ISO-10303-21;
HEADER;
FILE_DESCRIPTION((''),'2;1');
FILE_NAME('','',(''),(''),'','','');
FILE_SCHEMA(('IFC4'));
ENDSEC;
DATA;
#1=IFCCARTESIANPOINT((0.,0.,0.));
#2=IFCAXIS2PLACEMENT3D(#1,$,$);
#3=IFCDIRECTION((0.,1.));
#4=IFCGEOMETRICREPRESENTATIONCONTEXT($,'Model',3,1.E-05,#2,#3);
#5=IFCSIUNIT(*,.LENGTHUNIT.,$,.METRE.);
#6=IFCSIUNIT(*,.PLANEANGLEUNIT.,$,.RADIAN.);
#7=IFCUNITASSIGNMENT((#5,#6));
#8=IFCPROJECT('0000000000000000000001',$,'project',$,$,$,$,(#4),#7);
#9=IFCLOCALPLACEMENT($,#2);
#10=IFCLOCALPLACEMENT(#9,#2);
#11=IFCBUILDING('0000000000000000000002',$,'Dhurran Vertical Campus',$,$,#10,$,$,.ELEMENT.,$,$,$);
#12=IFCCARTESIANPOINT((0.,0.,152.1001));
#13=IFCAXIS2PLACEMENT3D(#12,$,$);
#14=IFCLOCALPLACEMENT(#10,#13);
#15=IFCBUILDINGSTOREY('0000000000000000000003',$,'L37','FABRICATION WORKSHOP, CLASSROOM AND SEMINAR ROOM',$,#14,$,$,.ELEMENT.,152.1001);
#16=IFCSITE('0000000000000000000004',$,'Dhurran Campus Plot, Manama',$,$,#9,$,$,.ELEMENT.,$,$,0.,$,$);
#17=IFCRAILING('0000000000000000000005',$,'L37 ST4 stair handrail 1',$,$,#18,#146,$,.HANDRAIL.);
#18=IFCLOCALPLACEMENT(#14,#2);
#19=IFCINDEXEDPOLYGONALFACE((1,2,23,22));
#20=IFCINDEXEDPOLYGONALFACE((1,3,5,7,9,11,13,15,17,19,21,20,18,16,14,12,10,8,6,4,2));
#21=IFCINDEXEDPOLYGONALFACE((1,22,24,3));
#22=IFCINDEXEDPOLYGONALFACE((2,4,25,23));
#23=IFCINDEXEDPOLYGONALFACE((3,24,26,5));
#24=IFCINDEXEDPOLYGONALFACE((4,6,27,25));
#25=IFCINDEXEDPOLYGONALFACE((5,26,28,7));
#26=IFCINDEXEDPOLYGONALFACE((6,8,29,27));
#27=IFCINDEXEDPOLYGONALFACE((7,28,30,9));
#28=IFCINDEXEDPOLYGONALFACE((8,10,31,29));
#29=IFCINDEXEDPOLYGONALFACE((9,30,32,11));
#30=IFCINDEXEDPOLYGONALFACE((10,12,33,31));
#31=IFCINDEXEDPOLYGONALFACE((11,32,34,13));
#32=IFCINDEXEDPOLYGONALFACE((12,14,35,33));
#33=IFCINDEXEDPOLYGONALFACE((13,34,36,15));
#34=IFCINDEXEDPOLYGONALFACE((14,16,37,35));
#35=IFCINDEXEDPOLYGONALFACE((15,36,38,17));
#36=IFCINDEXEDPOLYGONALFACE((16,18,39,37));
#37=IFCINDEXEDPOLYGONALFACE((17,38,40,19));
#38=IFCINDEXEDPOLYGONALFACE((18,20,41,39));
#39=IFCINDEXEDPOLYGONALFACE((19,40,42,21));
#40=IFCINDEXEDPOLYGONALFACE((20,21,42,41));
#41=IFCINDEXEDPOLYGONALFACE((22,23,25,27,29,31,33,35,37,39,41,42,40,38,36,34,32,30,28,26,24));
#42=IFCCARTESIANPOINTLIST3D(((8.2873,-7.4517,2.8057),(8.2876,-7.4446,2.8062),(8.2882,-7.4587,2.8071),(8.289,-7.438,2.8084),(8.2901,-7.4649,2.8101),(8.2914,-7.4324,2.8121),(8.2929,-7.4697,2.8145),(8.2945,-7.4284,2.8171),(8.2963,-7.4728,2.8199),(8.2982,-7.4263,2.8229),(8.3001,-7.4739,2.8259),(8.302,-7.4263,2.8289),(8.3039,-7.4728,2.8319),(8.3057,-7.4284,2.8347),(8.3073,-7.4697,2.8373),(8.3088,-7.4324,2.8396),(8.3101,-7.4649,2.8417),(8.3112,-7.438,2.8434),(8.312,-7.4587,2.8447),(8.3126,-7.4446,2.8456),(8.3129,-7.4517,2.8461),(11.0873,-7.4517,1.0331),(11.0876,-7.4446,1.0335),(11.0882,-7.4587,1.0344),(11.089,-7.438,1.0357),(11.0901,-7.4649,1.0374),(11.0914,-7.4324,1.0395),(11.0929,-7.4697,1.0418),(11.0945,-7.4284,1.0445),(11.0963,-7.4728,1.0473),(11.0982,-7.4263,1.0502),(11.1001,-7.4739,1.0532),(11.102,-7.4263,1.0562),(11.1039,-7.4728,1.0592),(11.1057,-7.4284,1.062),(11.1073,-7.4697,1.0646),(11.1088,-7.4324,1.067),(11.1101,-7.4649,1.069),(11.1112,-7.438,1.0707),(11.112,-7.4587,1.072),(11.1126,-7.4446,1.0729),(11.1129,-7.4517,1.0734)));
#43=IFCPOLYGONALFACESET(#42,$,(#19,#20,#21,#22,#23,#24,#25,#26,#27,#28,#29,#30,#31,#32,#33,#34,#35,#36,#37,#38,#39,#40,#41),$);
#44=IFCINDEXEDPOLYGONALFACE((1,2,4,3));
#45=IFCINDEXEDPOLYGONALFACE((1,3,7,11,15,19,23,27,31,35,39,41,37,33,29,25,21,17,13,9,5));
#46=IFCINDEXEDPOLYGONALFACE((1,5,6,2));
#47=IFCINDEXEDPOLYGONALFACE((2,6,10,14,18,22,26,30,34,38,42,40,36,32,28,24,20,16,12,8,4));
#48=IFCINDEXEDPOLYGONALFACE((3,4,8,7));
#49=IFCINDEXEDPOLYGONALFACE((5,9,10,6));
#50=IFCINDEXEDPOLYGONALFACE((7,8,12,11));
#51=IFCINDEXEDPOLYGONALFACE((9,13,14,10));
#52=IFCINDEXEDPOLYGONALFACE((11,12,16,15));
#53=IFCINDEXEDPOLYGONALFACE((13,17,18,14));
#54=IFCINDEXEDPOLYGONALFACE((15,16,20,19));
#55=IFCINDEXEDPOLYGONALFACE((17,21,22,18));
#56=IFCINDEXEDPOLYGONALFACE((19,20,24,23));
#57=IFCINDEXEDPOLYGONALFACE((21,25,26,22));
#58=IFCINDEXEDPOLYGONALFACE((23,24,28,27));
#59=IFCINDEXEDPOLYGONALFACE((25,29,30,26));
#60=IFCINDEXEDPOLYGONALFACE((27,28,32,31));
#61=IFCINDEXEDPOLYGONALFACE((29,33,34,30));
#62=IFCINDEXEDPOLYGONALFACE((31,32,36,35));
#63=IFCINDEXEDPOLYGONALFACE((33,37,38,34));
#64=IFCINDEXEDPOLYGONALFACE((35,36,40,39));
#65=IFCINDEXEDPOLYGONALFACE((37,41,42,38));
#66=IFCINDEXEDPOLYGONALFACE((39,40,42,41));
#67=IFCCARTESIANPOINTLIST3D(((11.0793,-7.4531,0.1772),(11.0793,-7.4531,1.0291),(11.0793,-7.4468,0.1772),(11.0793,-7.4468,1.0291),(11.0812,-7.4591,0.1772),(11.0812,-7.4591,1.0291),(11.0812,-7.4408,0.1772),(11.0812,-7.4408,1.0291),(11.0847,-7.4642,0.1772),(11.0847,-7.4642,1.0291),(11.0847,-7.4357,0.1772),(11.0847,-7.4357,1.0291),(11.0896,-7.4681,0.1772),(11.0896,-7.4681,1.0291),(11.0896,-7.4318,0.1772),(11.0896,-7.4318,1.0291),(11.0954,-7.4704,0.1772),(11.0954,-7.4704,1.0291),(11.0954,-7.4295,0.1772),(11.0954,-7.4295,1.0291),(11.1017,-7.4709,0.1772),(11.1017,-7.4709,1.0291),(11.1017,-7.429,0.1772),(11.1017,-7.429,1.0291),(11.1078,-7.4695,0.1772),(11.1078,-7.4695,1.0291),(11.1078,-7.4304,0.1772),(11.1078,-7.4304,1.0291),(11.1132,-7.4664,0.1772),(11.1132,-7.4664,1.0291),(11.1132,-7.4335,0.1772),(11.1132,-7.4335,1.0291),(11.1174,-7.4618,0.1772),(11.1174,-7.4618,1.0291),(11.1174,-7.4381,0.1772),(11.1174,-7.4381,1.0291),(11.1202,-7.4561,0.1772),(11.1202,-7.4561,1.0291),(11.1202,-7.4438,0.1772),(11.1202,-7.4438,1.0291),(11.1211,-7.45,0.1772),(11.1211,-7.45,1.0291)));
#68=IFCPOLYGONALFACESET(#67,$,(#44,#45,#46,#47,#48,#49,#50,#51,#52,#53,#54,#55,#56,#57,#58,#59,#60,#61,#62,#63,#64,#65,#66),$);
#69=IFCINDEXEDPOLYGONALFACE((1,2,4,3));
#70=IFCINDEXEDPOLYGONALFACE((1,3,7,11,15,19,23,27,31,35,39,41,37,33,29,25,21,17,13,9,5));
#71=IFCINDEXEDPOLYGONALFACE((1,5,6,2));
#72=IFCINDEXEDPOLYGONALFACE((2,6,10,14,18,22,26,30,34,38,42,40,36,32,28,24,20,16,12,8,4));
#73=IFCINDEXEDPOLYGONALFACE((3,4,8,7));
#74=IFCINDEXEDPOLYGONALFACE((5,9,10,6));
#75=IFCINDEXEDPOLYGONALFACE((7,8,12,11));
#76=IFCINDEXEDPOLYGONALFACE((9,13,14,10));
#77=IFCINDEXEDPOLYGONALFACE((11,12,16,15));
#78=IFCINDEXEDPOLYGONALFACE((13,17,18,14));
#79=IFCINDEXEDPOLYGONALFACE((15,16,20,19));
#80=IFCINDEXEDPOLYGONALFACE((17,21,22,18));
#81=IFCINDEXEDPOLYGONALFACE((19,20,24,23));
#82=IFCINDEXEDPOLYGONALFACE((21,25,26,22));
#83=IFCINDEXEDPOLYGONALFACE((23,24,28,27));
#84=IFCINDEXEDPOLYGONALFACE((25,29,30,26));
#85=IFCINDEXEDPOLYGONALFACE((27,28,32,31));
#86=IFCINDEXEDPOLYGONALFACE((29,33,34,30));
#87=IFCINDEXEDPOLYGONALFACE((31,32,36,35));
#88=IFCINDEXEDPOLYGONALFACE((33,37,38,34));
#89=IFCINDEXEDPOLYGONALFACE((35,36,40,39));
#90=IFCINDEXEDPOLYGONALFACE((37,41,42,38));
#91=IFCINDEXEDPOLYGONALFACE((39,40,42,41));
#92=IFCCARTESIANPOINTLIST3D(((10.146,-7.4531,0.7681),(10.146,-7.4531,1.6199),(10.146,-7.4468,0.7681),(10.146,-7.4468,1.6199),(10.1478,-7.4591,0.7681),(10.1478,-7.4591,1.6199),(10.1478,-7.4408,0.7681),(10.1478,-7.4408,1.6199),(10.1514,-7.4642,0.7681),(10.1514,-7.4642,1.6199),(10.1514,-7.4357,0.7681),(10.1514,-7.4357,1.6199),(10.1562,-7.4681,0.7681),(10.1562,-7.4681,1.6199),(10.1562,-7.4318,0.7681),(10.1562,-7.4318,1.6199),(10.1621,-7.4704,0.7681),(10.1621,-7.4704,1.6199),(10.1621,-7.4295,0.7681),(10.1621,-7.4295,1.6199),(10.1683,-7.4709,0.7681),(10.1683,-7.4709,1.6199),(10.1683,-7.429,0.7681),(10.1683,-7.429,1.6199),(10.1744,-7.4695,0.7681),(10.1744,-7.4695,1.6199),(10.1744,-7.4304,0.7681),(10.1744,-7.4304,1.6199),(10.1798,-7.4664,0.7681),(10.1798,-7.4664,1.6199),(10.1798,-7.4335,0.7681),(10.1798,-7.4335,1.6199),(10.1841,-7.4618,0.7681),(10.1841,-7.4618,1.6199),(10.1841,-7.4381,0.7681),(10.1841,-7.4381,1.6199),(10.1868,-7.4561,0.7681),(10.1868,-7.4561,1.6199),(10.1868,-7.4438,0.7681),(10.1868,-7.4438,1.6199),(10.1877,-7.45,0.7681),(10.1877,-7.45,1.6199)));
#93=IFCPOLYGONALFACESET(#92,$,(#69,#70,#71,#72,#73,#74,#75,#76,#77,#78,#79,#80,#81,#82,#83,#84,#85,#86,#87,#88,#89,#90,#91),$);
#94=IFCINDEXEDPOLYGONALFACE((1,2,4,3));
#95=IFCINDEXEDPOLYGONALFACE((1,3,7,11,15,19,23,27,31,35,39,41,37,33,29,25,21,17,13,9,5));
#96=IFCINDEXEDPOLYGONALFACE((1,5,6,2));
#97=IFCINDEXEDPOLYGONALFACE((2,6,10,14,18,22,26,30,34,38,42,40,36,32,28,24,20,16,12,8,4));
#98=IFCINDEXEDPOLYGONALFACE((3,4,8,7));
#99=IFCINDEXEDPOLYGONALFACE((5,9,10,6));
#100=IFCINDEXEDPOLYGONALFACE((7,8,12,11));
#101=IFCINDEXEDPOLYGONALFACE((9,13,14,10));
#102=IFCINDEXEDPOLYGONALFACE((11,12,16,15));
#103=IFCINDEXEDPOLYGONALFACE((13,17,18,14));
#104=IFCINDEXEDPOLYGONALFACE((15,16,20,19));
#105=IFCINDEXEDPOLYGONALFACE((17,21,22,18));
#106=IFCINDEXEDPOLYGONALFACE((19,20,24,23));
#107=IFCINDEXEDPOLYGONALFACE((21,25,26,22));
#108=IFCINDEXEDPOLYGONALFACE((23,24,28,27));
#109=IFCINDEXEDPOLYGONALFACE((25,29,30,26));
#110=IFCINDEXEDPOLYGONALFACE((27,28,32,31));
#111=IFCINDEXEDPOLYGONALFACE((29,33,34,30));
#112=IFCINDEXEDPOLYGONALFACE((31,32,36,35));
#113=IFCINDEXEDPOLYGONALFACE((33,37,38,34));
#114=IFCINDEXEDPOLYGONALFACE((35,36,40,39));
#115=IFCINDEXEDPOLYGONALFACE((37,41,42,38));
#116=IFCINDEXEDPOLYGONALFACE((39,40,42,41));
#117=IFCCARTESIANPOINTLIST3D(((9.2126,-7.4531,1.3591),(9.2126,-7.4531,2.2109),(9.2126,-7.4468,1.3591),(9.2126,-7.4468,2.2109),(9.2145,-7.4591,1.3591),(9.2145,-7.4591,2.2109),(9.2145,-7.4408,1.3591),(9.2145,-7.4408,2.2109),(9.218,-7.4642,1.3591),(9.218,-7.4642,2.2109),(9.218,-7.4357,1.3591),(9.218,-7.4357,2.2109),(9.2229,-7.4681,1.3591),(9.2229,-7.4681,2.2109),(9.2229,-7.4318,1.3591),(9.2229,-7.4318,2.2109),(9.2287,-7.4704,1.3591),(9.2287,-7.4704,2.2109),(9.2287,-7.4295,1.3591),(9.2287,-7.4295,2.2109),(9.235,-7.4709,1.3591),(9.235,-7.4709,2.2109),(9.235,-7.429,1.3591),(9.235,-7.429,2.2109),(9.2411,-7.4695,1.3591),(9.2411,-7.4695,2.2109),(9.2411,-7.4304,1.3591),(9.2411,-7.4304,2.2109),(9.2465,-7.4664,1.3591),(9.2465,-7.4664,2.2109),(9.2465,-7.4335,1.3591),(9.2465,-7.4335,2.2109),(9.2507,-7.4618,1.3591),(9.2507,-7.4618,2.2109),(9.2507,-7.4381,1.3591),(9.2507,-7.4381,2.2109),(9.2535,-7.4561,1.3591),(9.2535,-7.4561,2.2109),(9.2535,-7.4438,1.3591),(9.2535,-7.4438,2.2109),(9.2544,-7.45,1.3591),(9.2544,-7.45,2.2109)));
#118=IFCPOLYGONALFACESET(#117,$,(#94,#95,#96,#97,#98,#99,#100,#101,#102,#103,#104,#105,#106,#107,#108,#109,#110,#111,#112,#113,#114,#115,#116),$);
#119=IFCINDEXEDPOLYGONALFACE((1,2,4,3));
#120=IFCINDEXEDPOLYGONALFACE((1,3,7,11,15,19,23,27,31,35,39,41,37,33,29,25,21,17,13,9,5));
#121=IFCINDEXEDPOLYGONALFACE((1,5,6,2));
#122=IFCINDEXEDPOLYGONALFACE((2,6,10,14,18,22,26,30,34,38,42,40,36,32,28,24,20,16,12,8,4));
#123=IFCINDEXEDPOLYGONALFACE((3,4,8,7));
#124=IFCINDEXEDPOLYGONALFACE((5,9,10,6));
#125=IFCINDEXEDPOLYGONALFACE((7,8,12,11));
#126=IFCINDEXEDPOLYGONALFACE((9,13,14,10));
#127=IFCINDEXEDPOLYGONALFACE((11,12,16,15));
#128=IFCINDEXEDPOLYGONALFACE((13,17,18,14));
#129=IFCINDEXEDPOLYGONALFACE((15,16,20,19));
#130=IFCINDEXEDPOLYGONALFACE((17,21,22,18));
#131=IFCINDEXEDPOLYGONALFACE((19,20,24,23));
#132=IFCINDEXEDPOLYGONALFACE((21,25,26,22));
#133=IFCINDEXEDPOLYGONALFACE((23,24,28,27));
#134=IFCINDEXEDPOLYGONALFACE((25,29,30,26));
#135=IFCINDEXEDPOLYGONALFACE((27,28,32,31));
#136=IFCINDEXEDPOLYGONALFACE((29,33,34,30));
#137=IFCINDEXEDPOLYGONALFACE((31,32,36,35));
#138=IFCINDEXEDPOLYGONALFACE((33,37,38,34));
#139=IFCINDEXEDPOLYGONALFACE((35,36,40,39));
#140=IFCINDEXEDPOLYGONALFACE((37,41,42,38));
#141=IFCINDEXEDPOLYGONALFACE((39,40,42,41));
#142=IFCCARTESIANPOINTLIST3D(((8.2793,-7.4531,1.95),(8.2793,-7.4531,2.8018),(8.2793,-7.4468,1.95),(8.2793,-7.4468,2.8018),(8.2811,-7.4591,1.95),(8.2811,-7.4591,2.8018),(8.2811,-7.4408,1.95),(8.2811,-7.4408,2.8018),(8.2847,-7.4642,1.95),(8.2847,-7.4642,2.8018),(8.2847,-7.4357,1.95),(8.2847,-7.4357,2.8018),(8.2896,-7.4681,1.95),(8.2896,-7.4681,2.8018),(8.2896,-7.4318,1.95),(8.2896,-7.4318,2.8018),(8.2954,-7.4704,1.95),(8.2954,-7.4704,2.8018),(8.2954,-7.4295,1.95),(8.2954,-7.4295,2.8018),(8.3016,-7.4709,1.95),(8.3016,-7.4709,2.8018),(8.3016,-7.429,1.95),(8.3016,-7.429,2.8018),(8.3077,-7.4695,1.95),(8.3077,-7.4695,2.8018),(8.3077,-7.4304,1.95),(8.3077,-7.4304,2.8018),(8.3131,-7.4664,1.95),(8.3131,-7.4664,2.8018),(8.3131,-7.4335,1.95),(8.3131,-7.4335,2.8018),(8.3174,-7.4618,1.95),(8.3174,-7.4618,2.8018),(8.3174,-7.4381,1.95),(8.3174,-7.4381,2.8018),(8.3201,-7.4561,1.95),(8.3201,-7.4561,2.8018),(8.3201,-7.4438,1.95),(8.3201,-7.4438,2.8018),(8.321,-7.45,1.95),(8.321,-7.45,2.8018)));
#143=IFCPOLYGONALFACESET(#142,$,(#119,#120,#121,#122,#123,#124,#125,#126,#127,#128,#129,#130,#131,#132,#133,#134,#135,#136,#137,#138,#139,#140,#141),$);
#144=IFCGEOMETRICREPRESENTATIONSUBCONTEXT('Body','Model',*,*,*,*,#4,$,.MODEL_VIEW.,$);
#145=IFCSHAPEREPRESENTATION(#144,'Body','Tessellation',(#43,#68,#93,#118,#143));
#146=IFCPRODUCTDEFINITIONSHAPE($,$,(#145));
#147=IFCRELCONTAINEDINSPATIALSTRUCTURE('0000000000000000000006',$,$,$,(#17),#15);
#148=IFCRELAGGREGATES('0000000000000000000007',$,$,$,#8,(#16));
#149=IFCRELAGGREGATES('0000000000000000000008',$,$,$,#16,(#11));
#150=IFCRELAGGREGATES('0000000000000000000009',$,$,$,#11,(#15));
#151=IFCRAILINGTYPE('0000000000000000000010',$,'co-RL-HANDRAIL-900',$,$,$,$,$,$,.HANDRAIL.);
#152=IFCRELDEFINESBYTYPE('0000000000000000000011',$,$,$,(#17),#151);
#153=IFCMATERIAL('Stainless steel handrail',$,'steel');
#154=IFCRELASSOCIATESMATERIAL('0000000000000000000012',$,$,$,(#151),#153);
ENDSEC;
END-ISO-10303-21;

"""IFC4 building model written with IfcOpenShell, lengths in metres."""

from ifc_helpers import new_model, si_unit, direction, frame, origin, origin_2d, place, context, subcontext, project, spatial, circle, extrude, material, type_object, element, save


model = new_model("IFC4")

# Units and contexts
model_context = context("Model", 3, precision=1e-05, world=origin(), true_north=direction((0.0, 1.0)))
body_context = subcontext(model_context, "Body", "Model", "MODEL_VIEW")
ifc_project = project(units=[si_unit("LENGTHUNIT", "METRE"), si_unit("PLANEANGLEUNIT", "RADIAN")], contexts=[model_context])

# Site, building, storey
site_placement = place(None, origin())
site = spatial("IfcSite", under=ifc_project, at=site_placement, Name="Dhurran Campus Plot, Manama", CompositionType="ELEMENT", RefElevation=0.0)
building_placement = place(site_placement, origin())
building = spatial("IfcBuilding", under=site, at=building_placement, Name="Dhurran Vertical Campus", CompositionType="ELEMENT")
storey_placement = place(building_placement, frame((0.0, 0.0, 152.1001)))
storey = spatial("IfcBuildingStorey", under=building, at=storey_placement, Name="L37", Description="FABRICATION WORKSHOP, CLASSROOM AND SEMINAR ROOM", CompositionType="ELEMENT", Elevation=152.1001)

# Railing
ifc_material_1 = material(Name="Stainless steel handrail", Category="steel")
railing_type_1 = type_object("IfcRailingType", Name="co-RL-HANDRAIL-900", PredefinedType="HANDRAIL", material=ifc_material_1)
railing_1_placement = place(storey_placement, frame((11.1001, -7.45, 0.1772)))
element("IfcRailing", 1, at=railing_1_placement, inside=storey, type_object=railing_type_1, Name="L37 ST4 stair handrail 1", PredefinedType="HANDRAIL", context=body_context, shape_type="SweptSolid", body=[
    extrude(circle(Radius=0.0239, at=origin_2d()), frame((0.0, 0.0, 0.876), z_axis=(-0.844909, 0.0, 0.53491), x_axis=(0.0, -1.0, 0.0)), (0.0, 0.0, 1.0), 3.314),
    extrude(circle(Radius=0.021, at=origin_2d()), origin(), (0.0, 0.0, 1.0), 0.8518),
    extrude(circle(Radius=0.021, at=origin_2d()), frame((-0.9333, 0.0, 0.5908)), (0.0, 0.0, 1.0), 0.8518),
    extrude(circle(Radius=0.021, at=origin_2d()), frame((-1.8667, 0.0, 1.1819)), (0.0, 0.0, 1.0), 0.8518),
    extrude(circle(Radius=0.021, at=origin_2d()), frame((-2.8, 0.0, 1.7727)), (0.0, 0.0, 1.0), 0.8518),
])

save(model, "model.ifc")
